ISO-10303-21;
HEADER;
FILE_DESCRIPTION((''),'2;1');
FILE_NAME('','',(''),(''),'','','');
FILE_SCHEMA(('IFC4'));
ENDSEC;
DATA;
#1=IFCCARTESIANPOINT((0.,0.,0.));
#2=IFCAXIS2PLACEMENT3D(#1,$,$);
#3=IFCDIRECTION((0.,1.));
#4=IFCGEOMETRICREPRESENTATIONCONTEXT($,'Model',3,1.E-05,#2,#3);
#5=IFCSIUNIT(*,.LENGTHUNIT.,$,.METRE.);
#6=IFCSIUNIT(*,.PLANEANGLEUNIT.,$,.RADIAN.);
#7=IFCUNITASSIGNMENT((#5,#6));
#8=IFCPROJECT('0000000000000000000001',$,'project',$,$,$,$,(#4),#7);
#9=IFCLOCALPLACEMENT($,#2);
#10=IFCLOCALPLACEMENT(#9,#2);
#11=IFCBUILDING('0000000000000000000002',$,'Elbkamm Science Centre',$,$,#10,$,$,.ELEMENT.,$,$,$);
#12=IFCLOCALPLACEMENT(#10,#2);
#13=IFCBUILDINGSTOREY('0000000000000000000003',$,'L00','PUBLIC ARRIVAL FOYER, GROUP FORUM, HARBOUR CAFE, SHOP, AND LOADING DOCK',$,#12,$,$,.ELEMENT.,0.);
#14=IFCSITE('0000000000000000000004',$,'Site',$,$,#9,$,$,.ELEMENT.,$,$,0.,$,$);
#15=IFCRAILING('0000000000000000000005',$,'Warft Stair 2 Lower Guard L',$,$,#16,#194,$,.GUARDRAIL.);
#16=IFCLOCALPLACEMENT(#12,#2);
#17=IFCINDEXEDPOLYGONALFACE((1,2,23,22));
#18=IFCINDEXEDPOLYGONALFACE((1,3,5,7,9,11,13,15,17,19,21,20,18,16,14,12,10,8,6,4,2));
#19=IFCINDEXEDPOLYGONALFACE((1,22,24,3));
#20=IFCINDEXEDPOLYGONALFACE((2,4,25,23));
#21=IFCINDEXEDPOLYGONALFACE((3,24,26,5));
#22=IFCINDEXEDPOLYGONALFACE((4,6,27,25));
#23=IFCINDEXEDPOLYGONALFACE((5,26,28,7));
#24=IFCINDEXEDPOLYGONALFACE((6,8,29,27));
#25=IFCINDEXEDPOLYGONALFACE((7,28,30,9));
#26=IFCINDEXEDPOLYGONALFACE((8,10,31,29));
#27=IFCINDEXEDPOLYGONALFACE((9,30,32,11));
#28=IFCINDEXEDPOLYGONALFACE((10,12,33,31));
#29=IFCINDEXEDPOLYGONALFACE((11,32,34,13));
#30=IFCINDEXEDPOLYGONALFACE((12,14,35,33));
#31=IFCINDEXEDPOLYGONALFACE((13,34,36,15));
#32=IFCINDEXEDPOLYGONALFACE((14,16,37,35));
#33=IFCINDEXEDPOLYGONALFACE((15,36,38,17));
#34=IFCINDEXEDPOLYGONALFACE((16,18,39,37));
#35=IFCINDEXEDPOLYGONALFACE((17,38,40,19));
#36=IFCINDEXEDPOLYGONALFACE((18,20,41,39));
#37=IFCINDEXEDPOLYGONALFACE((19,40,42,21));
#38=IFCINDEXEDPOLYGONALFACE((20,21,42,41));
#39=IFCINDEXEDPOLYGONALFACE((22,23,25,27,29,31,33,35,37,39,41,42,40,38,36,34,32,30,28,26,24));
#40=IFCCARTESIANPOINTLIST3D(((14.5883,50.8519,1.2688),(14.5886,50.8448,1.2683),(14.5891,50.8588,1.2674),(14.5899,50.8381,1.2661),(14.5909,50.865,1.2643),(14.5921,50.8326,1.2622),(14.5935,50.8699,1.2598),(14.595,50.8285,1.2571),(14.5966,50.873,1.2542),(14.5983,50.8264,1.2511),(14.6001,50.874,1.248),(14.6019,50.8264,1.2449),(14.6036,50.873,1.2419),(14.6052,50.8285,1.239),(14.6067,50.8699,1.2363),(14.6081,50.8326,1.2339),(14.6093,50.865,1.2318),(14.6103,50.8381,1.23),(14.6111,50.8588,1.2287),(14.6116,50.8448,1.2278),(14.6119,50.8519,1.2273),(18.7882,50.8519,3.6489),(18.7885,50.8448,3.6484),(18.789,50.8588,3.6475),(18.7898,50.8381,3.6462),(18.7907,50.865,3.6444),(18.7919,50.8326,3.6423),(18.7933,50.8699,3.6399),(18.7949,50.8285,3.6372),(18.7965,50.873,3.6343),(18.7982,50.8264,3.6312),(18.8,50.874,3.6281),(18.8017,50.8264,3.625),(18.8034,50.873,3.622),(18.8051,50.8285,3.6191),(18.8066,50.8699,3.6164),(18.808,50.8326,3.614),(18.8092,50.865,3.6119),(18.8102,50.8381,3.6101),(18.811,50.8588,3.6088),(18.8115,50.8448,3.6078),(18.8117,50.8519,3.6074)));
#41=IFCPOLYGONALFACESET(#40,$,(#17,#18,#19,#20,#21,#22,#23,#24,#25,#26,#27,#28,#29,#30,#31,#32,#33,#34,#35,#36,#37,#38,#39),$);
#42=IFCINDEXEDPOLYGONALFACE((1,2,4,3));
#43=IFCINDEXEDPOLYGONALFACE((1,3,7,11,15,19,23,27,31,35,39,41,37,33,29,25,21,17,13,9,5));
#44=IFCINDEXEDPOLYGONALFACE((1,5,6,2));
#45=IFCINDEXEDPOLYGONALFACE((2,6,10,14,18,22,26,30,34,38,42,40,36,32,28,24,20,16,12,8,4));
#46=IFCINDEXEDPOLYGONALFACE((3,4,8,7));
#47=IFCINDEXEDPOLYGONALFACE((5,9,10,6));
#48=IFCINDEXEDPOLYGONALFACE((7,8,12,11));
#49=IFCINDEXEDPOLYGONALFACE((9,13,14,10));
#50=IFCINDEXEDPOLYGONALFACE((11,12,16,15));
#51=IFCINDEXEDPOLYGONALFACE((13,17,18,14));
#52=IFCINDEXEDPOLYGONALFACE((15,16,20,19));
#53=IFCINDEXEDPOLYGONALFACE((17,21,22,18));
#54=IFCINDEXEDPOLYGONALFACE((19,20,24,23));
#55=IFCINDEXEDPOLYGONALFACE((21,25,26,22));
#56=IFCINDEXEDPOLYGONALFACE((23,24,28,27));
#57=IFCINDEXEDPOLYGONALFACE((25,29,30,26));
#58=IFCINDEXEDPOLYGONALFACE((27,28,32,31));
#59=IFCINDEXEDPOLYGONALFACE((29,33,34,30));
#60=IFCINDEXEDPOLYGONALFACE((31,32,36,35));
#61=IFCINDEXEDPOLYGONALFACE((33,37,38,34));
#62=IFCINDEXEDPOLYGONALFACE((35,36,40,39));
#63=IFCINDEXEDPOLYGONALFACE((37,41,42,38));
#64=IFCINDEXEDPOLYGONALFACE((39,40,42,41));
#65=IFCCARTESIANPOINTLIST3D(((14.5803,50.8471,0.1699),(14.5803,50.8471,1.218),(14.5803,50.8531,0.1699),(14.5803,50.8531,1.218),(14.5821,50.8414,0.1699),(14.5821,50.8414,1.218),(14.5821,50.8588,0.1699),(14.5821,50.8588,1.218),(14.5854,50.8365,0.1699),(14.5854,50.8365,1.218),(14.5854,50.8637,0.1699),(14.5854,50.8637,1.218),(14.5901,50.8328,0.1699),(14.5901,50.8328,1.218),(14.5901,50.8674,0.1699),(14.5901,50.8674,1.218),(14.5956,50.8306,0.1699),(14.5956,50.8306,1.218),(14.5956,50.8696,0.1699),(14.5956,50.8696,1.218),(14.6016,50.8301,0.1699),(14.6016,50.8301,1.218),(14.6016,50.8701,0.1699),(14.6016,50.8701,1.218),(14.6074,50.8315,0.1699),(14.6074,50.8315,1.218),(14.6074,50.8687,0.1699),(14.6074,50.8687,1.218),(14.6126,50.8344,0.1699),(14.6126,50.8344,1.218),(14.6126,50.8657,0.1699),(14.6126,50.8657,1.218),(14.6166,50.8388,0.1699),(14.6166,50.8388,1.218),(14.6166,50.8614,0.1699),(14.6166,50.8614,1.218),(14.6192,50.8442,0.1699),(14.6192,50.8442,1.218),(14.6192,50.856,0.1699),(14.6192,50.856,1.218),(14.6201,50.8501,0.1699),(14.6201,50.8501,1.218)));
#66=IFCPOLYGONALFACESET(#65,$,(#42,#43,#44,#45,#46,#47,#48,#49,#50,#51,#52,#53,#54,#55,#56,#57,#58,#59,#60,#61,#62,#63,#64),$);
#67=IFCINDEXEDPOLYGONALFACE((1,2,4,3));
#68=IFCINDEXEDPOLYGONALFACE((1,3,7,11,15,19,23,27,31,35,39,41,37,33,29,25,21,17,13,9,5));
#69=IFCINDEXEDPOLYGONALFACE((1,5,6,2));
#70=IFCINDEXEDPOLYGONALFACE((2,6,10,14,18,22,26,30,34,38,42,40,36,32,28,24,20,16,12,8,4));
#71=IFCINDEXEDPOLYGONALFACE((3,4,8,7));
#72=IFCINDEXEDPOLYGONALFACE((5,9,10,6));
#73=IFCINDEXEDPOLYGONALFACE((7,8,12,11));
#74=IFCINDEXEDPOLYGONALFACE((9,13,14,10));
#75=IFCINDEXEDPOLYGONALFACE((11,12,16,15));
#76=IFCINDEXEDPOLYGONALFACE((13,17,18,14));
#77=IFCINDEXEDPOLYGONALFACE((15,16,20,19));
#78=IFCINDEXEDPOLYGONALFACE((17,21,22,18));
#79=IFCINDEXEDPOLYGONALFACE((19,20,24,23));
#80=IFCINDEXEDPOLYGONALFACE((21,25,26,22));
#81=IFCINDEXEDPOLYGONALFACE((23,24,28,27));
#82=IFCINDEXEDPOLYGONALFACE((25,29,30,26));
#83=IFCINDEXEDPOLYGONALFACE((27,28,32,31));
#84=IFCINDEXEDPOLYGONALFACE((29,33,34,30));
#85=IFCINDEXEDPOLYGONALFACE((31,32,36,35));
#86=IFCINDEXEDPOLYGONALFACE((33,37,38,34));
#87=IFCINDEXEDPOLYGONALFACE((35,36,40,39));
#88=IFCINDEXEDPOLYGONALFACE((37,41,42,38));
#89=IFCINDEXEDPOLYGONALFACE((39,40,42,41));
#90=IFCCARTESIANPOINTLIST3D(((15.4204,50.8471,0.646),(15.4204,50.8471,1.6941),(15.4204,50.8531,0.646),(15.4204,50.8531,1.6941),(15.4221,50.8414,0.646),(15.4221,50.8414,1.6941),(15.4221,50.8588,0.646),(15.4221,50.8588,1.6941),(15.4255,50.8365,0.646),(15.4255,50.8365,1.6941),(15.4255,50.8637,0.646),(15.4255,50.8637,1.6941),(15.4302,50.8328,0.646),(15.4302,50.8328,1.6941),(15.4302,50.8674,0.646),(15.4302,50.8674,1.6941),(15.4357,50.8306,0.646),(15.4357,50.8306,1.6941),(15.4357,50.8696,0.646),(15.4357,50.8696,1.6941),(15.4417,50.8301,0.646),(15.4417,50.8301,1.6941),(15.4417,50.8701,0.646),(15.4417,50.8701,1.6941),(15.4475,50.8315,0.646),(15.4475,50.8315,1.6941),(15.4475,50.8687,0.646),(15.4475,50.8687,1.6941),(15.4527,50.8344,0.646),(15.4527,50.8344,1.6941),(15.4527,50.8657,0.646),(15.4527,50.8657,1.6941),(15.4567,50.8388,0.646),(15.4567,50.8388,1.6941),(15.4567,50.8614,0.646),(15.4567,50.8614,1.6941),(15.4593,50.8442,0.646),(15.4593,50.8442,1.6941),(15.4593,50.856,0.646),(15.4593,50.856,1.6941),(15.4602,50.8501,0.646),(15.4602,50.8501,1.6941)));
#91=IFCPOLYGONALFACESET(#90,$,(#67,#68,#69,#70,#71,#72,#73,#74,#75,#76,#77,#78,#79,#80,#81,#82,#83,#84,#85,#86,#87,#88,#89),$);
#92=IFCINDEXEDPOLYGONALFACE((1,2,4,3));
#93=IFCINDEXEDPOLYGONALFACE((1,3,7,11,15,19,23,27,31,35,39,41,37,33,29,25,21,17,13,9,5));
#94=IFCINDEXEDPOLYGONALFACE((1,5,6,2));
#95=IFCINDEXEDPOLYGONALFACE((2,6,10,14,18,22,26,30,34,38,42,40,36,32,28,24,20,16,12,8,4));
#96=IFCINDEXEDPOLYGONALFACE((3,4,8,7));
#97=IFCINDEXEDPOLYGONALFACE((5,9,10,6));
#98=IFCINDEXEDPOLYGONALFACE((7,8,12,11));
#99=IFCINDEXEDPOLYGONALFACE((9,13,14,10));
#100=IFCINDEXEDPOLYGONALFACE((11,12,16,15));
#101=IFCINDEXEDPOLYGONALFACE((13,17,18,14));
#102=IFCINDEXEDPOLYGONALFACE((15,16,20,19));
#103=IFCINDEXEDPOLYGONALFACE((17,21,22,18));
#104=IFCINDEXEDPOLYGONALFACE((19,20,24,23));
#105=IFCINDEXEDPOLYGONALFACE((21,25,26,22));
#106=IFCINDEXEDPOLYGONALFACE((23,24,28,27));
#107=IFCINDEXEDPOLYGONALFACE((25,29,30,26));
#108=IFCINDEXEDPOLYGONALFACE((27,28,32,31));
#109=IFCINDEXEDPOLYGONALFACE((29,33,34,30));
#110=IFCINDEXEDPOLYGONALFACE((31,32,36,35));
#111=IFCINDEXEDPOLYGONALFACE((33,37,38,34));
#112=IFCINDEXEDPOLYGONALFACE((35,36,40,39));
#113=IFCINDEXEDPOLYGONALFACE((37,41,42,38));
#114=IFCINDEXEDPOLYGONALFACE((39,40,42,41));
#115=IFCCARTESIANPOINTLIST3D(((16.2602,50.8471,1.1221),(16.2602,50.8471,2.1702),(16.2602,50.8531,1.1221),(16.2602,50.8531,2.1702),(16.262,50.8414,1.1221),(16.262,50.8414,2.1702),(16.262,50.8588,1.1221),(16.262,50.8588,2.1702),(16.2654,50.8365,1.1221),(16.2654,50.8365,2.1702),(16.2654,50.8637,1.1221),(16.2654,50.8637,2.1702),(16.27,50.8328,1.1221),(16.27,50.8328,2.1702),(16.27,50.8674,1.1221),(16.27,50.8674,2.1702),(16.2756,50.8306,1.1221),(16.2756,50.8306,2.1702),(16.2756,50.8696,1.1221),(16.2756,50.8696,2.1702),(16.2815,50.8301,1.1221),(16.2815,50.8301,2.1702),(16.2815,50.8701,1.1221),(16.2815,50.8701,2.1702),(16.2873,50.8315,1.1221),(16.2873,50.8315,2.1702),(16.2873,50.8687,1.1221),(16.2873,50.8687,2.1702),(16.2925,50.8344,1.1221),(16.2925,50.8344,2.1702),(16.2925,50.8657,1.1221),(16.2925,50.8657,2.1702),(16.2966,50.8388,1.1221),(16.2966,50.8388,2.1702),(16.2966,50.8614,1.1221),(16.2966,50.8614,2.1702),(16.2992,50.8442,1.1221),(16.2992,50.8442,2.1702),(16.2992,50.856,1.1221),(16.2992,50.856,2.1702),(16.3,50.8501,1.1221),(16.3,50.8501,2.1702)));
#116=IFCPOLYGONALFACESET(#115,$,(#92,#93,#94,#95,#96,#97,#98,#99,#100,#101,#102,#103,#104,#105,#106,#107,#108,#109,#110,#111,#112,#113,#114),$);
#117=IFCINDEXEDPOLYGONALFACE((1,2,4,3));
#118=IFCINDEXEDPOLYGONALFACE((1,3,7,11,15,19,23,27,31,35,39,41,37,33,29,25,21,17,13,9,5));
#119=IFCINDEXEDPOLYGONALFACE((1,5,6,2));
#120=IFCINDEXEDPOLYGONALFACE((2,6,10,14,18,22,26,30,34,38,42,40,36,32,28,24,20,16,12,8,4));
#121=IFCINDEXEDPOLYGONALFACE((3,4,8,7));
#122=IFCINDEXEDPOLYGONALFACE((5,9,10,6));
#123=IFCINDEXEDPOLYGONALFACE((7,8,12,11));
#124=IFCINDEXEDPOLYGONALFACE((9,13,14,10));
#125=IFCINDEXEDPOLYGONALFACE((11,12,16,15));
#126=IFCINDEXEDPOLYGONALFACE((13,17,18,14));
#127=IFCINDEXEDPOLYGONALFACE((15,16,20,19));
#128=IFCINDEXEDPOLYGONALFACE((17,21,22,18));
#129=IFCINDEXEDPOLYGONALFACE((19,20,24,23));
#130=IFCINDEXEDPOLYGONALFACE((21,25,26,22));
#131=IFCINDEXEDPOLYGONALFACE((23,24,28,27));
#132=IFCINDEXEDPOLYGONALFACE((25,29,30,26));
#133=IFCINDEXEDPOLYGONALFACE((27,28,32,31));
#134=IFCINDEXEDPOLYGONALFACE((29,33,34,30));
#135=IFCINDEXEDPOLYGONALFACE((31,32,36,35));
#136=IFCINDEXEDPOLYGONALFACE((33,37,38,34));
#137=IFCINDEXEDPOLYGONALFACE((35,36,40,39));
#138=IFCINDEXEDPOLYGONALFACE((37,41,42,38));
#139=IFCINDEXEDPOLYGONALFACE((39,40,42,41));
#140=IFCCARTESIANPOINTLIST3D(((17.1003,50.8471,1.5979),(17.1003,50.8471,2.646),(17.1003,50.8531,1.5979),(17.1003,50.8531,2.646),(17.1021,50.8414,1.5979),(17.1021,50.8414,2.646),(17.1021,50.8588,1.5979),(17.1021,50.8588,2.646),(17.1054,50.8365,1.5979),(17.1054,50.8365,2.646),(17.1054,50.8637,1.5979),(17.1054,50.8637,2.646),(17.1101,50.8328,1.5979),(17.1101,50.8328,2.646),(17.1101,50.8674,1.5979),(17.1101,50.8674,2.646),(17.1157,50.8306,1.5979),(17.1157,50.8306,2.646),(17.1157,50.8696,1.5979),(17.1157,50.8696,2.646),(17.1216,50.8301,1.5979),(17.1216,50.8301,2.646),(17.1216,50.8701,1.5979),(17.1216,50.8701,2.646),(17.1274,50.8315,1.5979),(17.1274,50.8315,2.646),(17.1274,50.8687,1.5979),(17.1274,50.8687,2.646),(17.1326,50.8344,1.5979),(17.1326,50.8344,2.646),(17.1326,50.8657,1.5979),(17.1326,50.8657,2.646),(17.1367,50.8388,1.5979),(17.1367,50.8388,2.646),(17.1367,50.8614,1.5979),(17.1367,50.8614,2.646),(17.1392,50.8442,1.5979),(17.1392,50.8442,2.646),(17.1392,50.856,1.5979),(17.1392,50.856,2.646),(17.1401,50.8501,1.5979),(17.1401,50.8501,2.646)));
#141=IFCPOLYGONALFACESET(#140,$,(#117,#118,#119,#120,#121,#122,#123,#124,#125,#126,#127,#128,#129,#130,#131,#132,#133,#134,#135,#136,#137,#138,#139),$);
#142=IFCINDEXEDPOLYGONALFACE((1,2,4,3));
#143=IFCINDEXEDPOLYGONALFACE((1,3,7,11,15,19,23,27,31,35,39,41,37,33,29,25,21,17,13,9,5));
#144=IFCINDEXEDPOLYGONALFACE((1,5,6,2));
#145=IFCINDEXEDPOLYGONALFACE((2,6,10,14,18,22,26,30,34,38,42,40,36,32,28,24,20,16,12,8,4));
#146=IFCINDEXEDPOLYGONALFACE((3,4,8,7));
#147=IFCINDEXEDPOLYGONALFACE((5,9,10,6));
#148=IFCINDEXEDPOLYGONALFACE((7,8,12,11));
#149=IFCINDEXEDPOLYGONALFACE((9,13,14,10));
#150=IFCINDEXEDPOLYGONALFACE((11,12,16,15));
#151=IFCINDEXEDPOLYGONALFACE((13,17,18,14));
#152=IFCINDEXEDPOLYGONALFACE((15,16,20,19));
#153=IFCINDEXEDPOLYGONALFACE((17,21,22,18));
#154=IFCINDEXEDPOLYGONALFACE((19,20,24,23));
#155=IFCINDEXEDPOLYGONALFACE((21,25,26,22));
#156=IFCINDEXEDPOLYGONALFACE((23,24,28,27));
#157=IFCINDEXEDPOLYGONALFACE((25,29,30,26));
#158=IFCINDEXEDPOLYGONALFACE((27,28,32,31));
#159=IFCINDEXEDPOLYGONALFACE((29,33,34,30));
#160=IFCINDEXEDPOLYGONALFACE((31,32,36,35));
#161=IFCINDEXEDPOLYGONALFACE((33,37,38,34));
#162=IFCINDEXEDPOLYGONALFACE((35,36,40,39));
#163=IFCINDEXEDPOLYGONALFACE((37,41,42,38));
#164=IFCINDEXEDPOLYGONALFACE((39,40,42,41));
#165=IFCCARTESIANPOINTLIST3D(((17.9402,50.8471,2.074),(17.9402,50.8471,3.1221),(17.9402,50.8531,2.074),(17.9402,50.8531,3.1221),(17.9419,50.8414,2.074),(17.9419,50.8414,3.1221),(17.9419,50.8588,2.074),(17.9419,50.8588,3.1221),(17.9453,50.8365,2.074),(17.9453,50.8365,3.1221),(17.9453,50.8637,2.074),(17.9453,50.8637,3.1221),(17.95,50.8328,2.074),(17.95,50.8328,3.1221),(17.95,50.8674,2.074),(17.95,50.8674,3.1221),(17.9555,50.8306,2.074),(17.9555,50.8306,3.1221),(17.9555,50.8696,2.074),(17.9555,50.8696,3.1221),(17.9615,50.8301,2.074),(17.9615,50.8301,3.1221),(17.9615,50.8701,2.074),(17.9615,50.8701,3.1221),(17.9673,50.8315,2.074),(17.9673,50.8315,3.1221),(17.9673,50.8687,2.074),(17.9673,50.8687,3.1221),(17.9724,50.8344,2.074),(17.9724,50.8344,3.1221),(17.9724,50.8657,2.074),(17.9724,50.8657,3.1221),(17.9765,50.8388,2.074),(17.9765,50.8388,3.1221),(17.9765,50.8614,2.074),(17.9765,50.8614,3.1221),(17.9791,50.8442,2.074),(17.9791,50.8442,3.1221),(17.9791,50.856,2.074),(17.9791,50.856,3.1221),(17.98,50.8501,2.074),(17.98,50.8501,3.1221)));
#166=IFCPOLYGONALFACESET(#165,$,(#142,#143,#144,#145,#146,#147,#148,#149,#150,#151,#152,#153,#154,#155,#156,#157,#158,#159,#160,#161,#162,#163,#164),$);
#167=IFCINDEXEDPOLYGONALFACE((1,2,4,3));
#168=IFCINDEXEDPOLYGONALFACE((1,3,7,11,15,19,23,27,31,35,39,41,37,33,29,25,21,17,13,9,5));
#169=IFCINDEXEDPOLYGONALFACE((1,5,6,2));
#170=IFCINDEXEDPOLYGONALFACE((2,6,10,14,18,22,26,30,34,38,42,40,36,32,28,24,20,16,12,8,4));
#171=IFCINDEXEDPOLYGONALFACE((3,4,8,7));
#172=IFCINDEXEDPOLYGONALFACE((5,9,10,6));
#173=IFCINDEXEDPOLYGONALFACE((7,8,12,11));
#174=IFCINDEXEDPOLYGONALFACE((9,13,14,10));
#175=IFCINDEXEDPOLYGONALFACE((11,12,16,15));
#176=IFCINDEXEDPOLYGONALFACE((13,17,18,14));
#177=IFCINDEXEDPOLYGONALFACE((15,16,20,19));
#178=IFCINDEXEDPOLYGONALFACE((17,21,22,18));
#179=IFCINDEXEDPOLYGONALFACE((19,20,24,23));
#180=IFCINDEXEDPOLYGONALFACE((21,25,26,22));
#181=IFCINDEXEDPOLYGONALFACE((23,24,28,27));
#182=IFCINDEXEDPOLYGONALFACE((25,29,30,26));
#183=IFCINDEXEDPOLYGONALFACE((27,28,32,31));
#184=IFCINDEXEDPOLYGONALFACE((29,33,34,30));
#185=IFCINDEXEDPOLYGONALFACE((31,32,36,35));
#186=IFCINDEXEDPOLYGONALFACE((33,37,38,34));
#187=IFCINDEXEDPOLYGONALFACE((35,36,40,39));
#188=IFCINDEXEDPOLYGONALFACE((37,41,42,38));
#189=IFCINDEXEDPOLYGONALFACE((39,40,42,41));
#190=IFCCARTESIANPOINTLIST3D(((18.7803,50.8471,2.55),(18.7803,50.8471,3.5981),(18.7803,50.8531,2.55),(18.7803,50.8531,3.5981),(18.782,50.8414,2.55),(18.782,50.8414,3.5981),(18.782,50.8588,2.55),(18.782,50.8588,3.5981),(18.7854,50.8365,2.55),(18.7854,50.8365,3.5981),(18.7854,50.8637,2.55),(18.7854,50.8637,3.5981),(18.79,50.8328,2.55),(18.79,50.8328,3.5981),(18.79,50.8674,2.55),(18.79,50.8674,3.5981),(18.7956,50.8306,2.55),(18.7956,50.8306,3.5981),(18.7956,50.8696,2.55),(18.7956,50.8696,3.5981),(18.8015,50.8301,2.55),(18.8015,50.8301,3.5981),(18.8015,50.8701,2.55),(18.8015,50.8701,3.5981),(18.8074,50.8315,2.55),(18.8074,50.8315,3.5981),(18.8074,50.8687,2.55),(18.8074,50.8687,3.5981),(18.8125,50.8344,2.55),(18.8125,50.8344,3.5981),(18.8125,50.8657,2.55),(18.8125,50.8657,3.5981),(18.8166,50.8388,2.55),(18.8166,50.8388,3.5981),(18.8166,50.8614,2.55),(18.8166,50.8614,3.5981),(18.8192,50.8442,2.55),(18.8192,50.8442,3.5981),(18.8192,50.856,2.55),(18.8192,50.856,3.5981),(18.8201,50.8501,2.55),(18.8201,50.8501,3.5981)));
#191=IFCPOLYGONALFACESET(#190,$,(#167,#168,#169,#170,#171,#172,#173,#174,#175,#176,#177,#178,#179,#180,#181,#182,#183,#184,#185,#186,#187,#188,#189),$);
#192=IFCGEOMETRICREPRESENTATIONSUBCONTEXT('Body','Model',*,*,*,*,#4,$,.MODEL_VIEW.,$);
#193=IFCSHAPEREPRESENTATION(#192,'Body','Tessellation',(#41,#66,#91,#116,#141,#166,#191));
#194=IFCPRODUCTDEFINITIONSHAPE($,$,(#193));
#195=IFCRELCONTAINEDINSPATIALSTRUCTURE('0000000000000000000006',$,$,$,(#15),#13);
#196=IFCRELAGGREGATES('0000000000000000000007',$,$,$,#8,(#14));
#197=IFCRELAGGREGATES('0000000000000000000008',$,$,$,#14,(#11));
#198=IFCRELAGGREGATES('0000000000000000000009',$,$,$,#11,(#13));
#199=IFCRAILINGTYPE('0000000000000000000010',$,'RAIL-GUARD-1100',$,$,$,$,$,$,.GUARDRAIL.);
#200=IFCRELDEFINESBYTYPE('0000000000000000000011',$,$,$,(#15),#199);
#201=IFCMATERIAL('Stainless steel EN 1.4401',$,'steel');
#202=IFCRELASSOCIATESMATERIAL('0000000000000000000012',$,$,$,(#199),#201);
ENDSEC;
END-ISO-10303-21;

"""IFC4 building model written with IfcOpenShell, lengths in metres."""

from ifc_helpers import new_model, si_unit, direction, frame, origin, origin_2d, place, context, subcontext, project, spatial, circle, extrude, material, type_object, element, save


model = new_model("IFC4")

# Units and contexts
model_context = context("Model", 3, precision=1e-05, world=origin(), true_north=direction((0.0, 1.0)))
body_context = subcontext(model_context, "Body", "Model", "MODEL_VIEW")
ifc_project = project(units=[si_unit("LENGTHUNIT", "METRE"), si_unit("PLANEANGLEUNIT", "RADIAN")], contexts=[model_context])

# Site, building, storey
site_placement = place(None, origin())
site = spatial("IfcSite", under=ifc_project, at=site_placement, Name="Site", CompositionType="ELEMENT", RefElevation=0.0)
building_placement = place(site_placement, origin())
building = spatial("IfcBuilding", under=site, at=building_placement, Name="Elbkamm Science Centre", CompositionType="ELEMENT")
storey_placement = place(building_placement, origin())
storey = spatial("IfcBuildingStorey", under=building, at=storey_placement, Name="L00", Description="PUBLIC ARRIVAL FOYER, GROUP FORUM, HARBOUR CAFE, SHOP, AND LOADING DOCK", CompositionType="ELEMENT", Elevation=0.0)

# Railing
ifc_material_1 = material(Name="Stainless steel EN 1.4401", Category="steel")
railing_type_1 = type_object("IfcRailingType", Name="RAIL-GUARD-1100", PredefinedType="GUARDRAIL", material=ifc_material_1)
for number, where, name in (
    (1, (14.6001, 50.8501, 0.1699), "Warft Stair 2 Lower Guard L"),
):
    element("IfcRailing", number, at=place(storey_placement, frame(where)), inside=storey, type_object=railing_type_1, Name=name, PredefinedType="GUARDRAIL", context=body_context, shape_type="SweptSolid", body=[
        extrude(circle(Radius=0.0239, at=origin_2d()), frame((0.0, 0.0, 1.0781), z_axis=(0.870008, 0.0, 0.493037), x_axis=(0.0, 1.0, 0.0)), (0.0, 0.0, 1.0), 4.8274),
        extrude(circle(Radius=0.02, at=origin_2d()), origin(), (0.0, 0.0, 1.0), 1.0481),
        extrude(circle(Radius=0.02, at=origin_2d()), frame((0.8401, 0.0, 0.4761)), (0.0, 0.0, 1.0), 1.0481),
        extrude(circle(Radius=0.02, at=origin_2d()), frame((1.6799, 0.0, 0.9521)), (0.0, 0.0, 1.0), 1.0481),
        extrude(circle(Radius=0.02, at=origin_2d()), frame((2.52, 0.0, 1.428)), (0.0, 0.0, 1.0), 1.0481),
        extrude(circle(Radius=0.02, at=origin_2d()), frame((3.3599, 0.0, 1.9041)), (0.0, 0.0, 1.0), 1.0481),
        extrude(circle(Radius=0.02, at=origin_2d()), frame((4.2, 0.0, 2.3801)), (0.0, 0.0, 1.0), 1.0481),
    ])

save(model, "model.ifc")
